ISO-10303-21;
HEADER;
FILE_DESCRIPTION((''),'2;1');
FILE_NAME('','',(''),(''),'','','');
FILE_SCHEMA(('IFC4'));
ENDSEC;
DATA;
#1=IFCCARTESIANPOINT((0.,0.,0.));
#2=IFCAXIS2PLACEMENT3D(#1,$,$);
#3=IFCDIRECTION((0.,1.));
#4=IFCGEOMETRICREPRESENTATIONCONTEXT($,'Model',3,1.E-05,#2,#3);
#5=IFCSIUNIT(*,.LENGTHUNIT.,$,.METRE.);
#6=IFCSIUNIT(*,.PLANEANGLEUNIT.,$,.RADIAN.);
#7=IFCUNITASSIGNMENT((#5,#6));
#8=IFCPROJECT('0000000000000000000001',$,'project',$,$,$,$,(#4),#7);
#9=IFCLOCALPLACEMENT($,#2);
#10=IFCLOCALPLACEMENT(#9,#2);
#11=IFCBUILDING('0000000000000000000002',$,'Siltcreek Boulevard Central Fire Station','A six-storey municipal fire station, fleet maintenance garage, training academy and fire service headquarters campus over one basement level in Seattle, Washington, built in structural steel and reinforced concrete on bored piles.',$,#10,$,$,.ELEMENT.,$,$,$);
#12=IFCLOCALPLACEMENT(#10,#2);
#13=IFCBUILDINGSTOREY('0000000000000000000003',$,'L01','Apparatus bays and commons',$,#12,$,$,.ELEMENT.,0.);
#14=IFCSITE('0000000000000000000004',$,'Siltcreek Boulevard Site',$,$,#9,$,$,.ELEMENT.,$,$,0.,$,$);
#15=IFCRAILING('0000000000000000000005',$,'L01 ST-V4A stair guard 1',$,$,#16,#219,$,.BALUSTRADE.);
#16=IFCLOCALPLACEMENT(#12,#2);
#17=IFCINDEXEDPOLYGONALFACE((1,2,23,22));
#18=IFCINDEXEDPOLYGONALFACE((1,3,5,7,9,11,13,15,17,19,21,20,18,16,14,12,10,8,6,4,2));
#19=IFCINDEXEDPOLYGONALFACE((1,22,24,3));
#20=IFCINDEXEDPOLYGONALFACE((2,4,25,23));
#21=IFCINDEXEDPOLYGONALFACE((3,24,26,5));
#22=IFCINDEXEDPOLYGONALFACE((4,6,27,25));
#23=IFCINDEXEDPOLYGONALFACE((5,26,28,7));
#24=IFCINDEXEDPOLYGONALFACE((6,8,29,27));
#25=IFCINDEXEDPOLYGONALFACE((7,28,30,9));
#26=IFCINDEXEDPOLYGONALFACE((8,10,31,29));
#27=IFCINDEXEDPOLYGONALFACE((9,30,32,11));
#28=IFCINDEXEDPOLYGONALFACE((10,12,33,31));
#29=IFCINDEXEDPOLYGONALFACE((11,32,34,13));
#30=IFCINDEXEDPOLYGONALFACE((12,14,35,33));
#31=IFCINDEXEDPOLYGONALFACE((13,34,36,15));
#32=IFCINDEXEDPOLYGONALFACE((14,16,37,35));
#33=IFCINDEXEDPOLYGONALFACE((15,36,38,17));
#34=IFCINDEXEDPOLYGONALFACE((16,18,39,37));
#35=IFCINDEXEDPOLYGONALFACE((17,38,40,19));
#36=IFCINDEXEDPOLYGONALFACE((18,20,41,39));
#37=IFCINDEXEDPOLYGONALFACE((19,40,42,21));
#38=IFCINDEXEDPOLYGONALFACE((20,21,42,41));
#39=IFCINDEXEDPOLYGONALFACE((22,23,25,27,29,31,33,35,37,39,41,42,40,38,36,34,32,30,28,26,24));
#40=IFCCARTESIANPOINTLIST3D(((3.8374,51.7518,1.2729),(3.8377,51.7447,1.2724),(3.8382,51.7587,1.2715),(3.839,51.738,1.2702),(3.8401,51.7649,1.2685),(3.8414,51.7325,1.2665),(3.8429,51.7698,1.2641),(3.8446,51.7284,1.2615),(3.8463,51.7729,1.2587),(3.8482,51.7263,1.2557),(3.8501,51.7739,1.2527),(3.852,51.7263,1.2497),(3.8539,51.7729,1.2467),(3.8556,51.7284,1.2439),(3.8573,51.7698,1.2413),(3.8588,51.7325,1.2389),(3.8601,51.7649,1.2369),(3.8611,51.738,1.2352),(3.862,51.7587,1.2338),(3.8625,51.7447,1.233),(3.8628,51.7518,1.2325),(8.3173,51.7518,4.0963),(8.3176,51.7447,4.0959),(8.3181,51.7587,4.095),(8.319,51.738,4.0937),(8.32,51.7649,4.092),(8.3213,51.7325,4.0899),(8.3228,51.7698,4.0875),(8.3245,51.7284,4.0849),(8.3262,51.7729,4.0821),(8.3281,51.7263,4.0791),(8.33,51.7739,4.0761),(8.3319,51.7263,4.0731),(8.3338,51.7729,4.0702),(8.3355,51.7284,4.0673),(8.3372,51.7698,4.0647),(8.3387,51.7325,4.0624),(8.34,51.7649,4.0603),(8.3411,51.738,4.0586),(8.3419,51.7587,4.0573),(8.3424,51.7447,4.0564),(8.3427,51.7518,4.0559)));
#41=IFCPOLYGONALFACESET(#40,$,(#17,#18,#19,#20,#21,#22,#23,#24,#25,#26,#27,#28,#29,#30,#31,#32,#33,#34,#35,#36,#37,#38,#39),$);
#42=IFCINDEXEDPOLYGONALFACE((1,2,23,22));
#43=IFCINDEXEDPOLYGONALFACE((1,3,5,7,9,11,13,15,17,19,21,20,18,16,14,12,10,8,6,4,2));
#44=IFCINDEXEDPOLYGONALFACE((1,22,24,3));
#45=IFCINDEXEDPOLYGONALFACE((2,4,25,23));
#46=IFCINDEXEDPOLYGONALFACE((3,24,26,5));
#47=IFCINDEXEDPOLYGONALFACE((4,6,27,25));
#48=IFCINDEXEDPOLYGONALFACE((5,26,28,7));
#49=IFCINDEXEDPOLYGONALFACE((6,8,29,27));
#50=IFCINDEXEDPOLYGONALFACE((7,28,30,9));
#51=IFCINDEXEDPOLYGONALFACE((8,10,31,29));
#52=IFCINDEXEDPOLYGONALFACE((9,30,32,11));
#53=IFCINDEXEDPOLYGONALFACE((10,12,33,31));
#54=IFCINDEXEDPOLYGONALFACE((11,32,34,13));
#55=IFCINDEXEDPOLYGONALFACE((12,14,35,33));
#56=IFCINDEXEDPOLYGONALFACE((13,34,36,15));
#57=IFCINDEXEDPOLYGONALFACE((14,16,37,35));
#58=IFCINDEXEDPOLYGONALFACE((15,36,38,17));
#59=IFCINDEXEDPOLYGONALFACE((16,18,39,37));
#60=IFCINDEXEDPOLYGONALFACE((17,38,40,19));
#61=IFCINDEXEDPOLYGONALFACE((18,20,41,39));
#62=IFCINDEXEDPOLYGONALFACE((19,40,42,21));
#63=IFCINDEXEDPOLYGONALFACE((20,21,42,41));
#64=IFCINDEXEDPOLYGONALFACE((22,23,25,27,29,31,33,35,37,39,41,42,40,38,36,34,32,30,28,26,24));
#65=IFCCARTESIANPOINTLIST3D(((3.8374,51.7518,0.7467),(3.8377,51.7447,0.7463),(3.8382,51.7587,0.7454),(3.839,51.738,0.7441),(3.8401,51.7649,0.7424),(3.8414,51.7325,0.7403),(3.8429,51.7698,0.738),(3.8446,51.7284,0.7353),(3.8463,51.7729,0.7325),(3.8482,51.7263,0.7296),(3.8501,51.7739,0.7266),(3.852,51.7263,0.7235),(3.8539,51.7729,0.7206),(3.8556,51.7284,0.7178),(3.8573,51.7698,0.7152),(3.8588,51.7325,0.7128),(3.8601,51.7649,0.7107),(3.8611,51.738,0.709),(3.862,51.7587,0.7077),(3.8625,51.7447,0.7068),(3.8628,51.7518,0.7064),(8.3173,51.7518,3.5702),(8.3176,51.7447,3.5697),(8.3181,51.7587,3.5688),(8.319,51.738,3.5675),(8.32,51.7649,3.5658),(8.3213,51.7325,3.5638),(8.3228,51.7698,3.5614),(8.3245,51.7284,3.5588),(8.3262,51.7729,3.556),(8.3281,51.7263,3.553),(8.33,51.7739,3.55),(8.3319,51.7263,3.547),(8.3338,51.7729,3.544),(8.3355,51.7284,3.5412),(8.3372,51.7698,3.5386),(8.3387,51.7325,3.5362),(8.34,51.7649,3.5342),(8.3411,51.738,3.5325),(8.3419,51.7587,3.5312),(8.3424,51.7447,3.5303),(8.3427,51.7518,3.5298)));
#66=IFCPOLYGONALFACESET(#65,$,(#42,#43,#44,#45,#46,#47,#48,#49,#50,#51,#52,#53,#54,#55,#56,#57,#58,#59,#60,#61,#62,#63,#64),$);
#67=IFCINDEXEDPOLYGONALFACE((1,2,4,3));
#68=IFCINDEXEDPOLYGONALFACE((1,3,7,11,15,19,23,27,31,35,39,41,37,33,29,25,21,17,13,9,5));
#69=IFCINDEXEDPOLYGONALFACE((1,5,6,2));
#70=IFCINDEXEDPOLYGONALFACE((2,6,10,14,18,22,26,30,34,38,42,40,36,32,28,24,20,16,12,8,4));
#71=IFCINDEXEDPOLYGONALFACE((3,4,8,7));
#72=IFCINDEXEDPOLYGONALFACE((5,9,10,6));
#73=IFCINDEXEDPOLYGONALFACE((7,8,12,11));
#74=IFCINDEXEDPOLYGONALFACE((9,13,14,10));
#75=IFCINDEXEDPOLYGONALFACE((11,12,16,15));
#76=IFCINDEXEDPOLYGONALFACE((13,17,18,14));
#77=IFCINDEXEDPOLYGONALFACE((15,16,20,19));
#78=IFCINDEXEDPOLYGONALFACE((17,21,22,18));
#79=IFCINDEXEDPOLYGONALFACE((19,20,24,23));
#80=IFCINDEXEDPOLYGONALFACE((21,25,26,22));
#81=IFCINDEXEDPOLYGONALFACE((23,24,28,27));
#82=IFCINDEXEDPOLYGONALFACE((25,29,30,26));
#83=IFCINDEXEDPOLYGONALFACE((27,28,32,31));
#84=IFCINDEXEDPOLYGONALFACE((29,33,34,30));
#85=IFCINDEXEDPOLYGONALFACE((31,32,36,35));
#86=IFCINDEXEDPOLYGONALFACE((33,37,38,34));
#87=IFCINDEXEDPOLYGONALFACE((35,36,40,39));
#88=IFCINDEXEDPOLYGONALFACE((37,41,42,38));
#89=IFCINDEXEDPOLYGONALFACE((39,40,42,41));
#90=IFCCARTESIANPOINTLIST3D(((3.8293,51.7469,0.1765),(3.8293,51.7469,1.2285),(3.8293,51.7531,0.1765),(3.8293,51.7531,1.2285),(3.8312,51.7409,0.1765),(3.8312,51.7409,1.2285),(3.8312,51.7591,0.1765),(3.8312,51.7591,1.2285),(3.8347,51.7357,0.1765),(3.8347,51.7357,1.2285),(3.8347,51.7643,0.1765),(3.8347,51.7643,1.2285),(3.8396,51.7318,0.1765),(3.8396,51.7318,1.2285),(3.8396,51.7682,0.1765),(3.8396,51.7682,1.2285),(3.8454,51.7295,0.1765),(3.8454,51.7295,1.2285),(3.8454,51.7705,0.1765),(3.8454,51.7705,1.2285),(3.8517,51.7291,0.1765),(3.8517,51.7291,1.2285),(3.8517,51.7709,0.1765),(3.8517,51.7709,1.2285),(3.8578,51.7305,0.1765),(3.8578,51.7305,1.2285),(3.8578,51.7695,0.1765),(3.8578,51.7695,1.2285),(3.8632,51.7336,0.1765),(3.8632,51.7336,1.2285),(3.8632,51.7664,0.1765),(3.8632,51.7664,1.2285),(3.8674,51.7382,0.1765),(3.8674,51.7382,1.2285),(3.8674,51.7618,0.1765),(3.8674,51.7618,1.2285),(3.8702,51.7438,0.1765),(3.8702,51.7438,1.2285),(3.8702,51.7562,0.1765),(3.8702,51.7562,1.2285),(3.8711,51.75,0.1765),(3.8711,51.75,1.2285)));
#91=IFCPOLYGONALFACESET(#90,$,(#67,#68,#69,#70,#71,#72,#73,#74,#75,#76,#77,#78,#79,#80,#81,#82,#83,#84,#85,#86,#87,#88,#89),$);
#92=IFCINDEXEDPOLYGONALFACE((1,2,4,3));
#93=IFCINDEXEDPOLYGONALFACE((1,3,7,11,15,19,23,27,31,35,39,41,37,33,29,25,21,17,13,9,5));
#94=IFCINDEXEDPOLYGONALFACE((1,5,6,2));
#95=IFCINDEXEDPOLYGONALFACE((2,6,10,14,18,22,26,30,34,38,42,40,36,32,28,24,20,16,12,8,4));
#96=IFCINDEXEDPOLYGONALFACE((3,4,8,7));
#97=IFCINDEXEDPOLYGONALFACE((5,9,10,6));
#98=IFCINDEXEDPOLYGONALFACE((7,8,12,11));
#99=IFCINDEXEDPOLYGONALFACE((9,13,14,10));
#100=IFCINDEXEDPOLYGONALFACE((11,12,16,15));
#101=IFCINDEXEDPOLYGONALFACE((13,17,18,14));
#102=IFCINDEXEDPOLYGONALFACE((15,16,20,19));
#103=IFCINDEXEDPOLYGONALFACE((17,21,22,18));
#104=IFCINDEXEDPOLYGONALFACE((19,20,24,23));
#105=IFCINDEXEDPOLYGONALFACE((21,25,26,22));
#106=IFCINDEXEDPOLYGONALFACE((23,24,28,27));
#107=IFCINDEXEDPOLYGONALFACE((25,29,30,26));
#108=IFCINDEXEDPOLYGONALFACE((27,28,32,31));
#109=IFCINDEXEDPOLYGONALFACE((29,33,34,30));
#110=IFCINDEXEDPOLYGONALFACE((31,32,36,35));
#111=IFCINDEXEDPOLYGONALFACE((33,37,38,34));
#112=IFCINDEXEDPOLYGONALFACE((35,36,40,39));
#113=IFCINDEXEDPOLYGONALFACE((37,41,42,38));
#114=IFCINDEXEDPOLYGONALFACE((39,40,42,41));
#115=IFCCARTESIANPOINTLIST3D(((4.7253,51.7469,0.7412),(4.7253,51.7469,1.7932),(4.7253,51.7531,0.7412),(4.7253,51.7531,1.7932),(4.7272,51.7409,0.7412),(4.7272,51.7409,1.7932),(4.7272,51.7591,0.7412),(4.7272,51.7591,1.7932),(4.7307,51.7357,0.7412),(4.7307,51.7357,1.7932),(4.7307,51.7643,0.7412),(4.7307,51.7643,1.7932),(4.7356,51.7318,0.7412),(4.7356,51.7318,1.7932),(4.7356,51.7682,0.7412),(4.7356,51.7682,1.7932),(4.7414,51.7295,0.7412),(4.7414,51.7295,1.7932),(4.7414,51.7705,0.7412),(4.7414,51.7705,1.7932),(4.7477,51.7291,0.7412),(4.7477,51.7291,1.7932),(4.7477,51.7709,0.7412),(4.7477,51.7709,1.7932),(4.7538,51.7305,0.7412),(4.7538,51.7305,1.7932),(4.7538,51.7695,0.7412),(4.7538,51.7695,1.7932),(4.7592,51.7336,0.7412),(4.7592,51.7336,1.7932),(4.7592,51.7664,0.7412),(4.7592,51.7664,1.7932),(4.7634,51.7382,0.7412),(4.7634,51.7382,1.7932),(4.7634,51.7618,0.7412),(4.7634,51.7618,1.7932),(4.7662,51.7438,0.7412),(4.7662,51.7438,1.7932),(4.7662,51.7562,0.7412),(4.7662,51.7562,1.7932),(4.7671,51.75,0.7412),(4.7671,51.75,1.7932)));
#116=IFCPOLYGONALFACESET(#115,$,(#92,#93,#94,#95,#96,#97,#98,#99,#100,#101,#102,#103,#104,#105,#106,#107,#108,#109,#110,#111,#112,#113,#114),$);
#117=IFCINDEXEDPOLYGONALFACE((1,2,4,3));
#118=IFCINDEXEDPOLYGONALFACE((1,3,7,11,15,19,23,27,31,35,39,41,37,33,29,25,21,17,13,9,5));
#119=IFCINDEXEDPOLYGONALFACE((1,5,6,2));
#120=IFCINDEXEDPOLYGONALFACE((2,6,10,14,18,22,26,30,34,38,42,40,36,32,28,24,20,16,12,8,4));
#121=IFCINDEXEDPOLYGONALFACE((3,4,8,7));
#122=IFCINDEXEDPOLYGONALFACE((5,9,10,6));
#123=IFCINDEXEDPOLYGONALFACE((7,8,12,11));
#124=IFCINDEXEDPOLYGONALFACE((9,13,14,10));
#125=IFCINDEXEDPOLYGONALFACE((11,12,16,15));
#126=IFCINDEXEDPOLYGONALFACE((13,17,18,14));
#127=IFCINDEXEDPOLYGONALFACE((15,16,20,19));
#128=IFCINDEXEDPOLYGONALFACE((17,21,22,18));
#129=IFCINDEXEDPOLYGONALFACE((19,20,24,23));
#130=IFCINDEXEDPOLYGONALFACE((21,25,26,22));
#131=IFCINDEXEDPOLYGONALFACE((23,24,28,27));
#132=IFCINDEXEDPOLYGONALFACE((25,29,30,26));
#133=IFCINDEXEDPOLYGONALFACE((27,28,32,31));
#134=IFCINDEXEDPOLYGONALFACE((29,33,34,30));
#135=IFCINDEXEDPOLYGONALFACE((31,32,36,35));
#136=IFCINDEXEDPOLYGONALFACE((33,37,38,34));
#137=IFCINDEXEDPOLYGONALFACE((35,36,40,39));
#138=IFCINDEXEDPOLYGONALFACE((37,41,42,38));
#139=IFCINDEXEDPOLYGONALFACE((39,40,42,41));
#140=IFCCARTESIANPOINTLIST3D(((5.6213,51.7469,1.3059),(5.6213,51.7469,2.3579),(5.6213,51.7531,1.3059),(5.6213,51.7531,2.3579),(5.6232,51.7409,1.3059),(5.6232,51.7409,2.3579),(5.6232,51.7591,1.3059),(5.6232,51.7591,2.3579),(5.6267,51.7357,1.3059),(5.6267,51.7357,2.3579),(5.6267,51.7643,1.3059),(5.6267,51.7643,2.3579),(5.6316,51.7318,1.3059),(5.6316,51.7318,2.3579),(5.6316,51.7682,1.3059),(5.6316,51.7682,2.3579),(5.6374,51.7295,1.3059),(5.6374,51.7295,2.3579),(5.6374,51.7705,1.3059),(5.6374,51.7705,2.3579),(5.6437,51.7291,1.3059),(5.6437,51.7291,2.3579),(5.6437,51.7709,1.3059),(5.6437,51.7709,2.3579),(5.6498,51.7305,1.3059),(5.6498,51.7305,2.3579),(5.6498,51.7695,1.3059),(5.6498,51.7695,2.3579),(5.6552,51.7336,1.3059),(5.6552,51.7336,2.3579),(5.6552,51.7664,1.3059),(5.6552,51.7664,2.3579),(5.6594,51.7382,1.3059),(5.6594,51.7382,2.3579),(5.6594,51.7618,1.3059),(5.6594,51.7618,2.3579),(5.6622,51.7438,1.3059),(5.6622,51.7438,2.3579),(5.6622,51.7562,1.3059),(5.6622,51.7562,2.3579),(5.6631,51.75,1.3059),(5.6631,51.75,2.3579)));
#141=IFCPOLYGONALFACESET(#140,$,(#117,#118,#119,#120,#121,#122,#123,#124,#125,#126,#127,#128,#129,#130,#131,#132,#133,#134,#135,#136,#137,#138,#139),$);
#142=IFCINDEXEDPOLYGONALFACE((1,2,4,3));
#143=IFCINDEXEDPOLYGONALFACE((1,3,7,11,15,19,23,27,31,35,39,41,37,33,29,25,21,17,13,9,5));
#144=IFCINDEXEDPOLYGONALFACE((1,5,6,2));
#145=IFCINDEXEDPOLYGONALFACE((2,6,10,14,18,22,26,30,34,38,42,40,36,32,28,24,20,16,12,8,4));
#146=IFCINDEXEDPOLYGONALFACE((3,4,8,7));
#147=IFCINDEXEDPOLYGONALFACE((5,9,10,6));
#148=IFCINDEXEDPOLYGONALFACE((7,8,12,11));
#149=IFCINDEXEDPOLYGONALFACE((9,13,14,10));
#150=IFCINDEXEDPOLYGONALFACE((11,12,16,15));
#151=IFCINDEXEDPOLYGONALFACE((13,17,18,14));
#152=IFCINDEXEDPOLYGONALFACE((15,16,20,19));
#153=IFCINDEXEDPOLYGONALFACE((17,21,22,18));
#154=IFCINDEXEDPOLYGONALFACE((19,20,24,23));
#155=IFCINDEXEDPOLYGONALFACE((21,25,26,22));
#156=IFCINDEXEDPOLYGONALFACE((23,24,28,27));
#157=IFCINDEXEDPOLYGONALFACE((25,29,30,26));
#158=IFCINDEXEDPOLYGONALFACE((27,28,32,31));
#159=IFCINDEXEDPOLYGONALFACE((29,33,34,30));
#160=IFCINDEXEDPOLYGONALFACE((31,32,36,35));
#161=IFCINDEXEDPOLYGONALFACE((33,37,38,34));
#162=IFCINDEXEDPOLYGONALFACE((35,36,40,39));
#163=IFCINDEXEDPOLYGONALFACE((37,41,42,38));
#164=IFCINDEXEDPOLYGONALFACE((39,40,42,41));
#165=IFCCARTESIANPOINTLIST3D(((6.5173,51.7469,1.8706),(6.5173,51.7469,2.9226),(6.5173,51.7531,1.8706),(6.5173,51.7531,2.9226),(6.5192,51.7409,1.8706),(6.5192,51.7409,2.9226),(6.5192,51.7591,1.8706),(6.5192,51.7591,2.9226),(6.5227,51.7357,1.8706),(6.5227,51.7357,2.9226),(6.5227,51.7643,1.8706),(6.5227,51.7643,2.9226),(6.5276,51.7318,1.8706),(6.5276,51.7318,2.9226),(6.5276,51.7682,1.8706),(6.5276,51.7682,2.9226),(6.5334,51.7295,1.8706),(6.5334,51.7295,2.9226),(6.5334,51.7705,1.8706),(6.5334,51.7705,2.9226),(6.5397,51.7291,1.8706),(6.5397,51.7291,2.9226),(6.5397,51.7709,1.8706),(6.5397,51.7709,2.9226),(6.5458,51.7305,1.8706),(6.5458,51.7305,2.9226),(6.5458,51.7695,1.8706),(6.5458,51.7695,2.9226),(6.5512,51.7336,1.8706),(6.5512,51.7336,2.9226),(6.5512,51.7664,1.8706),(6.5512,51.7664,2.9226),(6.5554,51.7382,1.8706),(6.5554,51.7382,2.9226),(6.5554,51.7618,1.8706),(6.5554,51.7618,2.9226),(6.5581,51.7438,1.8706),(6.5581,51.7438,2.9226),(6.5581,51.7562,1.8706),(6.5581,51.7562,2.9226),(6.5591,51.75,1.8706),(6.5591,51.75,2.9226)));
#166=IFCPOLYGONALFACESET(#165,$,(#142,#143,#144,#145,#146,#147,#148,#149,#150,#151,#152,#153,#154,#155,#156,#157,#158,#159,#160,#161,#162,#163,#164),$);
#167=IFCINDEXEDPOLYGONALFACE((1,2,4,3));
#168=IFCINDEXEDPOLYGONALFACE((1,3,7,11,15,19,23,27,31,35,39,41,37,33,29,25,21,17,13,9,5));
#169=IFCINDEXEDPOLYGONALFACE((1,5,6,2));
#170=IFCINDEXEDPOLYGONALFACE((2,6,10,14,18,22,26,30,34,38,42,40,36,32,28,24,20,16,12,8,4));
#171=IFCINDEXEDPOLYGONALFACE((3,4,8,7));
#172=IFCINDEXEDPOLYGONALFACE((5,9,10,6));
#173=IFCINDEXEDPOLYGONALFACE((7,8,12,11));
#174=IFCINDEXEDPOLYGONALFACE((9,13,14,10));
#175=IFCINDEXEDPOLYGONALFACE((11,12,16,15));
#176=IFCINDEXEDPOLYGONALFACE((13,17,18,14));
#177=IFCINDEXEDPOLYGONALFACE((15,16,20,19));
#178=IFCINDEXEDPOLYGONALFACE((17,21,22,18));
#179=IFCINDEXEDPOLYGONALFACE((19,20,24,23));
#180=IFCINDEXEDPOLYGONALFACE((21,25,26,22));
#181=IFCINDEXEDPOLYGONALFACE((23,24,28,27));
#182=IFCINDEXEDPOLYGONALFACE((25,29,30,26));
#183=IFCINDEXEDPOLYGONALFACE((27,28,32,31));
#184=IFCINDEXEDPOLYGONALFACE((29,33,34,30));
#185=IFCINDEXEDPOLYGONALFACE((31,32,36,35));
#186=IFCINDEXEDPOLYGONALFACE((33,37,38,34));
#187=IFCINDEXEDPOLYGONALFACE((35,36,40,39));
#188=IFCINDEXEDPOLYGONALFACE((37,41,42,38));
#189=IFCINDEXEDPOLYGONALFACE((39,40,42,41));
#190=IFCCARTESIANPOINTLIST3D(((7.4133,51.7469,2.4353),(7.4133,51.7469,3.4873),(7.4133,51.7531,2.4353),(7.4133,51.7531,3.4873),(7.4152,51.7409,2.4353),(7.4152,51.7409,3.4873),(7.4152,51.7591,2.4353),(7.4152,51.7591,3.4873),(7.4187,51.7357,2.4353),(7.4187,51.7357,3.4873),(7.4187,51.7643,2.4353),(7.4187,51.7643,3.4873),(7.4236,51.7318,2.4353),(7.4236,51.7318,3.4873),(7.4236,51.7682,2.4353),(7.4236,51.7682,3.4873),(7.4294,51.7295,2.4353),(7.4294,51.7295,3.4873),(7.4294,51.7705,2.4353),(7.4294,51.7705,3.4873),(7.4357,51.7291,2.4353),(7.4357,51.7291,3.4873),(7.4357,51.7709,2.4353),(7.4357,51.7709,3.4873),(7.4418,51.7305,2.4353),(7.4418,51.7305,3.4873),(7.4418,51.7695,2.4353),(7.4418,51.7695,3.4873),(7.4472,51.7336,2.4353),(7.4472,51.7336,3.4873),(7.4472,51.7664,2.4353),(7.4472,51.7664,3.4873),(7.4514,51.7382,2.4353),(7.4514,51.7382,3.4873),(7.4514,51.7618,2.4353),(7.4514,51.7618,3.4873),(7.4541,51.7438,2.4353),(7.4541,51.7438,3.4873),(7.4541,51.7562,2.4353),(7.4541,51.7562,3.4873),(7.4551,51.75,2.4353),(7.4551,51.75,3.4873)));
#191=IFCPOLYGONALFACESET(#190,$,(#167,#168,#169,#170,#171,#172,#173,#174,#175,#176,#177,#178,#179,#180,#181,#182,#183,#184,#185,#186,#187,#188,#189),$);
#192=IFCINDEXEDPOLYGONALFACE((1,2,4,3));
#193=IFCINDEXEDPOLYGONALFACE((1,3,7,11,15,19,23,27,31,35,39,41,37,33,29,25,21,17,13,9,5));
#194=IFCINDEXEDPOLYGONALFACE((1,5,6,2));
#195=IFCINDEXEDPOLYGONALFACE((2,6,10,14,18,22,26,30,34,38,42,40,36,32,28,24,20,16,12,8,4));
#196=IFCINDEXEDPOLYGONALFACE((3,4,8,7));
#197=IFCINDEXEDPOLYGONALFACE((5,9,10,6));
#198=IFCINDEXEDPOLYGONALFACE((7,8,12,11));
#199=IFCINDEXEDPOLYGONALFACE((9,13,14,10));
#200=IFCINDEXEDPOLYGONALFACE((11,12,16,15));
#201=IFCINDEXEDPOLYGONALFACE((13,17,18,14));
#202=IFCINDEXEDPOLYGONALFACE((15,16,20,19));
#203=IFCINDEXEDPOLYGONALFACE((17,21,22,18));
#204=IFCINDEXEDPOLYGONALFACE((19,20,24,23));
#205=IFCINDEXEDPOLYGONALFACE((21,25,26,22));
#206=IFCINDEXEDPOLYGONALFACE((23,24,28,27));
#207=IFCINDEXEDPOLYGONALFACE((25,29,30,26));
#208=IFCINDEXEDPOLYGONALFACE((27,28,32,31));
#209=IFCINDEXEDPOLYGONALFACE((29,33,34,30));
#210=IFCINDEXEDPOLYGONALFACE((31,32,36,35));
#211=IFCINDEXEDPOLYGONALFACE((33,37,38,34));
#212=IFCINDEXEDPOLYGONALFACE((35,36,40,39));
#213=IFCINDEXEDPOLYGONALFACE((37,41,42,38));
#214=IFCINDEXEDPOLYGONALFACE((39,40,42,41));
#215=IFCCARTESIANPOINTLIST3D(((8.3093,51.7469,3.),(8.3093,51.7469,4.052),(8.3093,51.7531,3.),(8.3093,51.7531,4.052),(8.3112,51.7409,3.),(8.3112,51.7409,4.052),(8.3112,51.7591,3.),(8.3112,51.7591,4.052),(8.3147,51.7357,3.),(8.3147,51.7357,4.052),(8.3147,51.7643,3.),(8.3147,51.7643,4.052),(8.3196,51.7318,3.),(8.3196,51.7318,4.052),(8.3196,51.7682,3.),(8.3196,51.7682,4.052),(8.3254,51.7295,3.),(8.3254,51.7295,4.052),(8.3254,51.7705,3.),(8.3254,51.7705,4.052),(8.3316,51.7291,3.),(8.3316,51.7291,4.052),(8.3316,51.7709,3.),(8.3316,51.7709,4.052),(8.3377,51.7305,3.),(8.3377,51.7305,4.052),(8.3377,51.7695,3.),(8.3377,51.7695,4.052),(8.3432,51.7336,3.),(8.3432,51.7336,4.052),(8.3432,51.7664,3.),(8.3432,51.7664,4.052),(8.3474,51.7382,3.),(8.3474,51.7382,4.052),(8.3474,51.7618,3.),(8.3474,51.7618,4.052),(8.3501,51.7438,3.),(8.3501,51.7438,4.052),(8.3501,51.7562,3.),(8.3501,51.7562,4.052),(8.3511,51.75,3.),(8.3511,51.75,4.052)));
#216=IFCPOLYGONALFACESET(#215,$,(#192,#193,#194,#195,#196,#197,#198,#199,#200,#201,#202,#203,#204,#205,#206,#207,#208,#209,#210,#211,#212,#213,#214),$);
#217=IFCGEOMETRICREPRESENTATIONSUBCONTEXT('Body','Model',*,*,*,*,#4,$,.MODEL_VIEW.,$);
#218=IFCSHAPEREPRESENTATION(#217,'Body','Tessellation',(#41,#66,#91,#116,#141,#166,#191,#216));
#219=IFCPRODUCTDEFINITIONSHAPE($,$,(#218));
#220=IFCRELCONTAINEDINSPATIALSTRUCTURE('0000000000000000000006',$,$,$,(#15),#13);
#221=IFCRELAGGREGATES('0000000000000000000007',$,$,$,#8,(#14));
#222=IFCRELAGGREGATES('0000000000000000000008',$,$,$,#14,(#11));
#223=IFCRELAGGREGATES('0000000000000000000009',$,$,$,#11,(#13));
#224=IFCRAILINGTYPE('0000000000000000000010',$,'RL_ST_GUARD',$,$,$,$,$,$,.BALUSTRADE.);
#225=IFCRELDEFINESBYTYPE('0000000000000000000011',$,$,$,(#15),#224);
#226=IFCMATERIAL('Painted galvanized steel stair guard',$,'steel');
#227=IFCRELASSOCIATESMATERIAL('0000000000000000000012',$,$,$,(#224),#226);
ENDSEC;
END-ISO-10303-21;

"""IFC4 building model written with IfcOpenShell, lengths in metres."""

from ifc_helpers import new_model, si_unit, direction, frame, origin, origin_2d, place, context, subcontext, project, spatial, circle, extrude, material, type_object, element, save


model = new_model("IFC4")

# Units and contexts
model_context = context("Model", 3, precision=1e-05, world=origin(), true_north=direction((0.0, 1.0)))
body_context = subcontext(model_context, "Body", "Model", "MODEL_VIEW")
ifc_project = project(units=[si_unit("LENGTHUNIT", "METRE"), si_unit("PLANEANGLEUNIT", "RADIAN")], contexts=[model_context])

# Site, building, storey
site_placement = place(None, origin())
site = spatial("IfcSite", under=ifc_project, at=site_placement, Name="Siltcreek Boulevard Site", CompositionType="ELEMENT", RefElevation=0.0)
building_placement = place(site_placement, origin())
building = spatial("IfcBuilding", under=site, at=building_placement, Name="Siltcreek Boulevard Central Fire Station", Description="A six-storey municipal fire station, fleet maintenance garage, training academy and fire service headquarters campus over one basement level in Seattle, Washington, built in structural steel and reinforced concrete on bored piles.", CompositionType="ELEMENT")
storey_placement = place(building_placement, origin())
storey = spatial("IfcBuildingStorey", under=building, at=storey_placement, Name="L01", Description="Apparatus bays and commons", CompositionType="ELEMENT", Elevation=0.0)

# Railing
ifc_material_1 = material(Name="Painted galvanized steel stair guard", Category="steel")
railing_type = type_object("IfcRailingType", Name="RL_ST_GUARD", PredefinedType="BALUSTRADE", material=ifc_material_1)
railing_1_placement = place(storey_placement, frame((3.8501, 51.75, 0.1765)))
element("IfcRailing", 1, at=railing_1_placement, inside=storey, type_object=railing_type, Name="L01 ST-V4A stair guard 1", PredefinedType="BALUSTRADE", context=body_context, shape_type="SweptSolid", body=[
    extrude(circle(Radius=0.0239, at=origin_2d()), frame((0.0, 0.0, 1.0762), z_axis=(0.845998, 0.0, 0.533186), x_axis=(0.0, 1.0, 0.0)), (0.0, 0.0, 1.0), 5.2954),
    extrude(circle(Radius=0.0239, at=origin_2d()), frame((0.0, 0.0, 0.55), z_axis=(0.845998, 0.0, 0.533186), x_axis=(0.0, 1.0, 0.0)), (0.0, 0.0, 1.0), 5.2954),
    extrude(circle(Radius=0.021, at=origin_2d()), origin(), (0.0, 0.0, 1.0), 1.052),
    extrude(circle(Radius=0.021, at=origin_2d()), frame((0.896, 0.0, 0.5647)), (0.0, 0.0, 1.0), 1.052),
    extrude(circle(Radius=0.021, at=origin_2d()), frame((1.792, 0.0, 1.1294)), (0.0, 0.0, 1.0), 1.052),
    extrude(circle(Radius=0.021, at=origin_2d()), frame((2.688, 0.0, 1.6941)), (0.0, 0.0, 1.0), 1.052),
    extrude(circle(Radius=0.021, at=origin_2d()), frame((3.584, 0.0, 2.2588)), (0.0, 0.0, 1.0), 1.052),
    extrude(circle(Radius=0.021, at=origin_2d()), frame((4.48, 0.0, 2.8235)), (0.0, 0.0, 1.0), 1.052),
])

save(model, "model.ifc")
